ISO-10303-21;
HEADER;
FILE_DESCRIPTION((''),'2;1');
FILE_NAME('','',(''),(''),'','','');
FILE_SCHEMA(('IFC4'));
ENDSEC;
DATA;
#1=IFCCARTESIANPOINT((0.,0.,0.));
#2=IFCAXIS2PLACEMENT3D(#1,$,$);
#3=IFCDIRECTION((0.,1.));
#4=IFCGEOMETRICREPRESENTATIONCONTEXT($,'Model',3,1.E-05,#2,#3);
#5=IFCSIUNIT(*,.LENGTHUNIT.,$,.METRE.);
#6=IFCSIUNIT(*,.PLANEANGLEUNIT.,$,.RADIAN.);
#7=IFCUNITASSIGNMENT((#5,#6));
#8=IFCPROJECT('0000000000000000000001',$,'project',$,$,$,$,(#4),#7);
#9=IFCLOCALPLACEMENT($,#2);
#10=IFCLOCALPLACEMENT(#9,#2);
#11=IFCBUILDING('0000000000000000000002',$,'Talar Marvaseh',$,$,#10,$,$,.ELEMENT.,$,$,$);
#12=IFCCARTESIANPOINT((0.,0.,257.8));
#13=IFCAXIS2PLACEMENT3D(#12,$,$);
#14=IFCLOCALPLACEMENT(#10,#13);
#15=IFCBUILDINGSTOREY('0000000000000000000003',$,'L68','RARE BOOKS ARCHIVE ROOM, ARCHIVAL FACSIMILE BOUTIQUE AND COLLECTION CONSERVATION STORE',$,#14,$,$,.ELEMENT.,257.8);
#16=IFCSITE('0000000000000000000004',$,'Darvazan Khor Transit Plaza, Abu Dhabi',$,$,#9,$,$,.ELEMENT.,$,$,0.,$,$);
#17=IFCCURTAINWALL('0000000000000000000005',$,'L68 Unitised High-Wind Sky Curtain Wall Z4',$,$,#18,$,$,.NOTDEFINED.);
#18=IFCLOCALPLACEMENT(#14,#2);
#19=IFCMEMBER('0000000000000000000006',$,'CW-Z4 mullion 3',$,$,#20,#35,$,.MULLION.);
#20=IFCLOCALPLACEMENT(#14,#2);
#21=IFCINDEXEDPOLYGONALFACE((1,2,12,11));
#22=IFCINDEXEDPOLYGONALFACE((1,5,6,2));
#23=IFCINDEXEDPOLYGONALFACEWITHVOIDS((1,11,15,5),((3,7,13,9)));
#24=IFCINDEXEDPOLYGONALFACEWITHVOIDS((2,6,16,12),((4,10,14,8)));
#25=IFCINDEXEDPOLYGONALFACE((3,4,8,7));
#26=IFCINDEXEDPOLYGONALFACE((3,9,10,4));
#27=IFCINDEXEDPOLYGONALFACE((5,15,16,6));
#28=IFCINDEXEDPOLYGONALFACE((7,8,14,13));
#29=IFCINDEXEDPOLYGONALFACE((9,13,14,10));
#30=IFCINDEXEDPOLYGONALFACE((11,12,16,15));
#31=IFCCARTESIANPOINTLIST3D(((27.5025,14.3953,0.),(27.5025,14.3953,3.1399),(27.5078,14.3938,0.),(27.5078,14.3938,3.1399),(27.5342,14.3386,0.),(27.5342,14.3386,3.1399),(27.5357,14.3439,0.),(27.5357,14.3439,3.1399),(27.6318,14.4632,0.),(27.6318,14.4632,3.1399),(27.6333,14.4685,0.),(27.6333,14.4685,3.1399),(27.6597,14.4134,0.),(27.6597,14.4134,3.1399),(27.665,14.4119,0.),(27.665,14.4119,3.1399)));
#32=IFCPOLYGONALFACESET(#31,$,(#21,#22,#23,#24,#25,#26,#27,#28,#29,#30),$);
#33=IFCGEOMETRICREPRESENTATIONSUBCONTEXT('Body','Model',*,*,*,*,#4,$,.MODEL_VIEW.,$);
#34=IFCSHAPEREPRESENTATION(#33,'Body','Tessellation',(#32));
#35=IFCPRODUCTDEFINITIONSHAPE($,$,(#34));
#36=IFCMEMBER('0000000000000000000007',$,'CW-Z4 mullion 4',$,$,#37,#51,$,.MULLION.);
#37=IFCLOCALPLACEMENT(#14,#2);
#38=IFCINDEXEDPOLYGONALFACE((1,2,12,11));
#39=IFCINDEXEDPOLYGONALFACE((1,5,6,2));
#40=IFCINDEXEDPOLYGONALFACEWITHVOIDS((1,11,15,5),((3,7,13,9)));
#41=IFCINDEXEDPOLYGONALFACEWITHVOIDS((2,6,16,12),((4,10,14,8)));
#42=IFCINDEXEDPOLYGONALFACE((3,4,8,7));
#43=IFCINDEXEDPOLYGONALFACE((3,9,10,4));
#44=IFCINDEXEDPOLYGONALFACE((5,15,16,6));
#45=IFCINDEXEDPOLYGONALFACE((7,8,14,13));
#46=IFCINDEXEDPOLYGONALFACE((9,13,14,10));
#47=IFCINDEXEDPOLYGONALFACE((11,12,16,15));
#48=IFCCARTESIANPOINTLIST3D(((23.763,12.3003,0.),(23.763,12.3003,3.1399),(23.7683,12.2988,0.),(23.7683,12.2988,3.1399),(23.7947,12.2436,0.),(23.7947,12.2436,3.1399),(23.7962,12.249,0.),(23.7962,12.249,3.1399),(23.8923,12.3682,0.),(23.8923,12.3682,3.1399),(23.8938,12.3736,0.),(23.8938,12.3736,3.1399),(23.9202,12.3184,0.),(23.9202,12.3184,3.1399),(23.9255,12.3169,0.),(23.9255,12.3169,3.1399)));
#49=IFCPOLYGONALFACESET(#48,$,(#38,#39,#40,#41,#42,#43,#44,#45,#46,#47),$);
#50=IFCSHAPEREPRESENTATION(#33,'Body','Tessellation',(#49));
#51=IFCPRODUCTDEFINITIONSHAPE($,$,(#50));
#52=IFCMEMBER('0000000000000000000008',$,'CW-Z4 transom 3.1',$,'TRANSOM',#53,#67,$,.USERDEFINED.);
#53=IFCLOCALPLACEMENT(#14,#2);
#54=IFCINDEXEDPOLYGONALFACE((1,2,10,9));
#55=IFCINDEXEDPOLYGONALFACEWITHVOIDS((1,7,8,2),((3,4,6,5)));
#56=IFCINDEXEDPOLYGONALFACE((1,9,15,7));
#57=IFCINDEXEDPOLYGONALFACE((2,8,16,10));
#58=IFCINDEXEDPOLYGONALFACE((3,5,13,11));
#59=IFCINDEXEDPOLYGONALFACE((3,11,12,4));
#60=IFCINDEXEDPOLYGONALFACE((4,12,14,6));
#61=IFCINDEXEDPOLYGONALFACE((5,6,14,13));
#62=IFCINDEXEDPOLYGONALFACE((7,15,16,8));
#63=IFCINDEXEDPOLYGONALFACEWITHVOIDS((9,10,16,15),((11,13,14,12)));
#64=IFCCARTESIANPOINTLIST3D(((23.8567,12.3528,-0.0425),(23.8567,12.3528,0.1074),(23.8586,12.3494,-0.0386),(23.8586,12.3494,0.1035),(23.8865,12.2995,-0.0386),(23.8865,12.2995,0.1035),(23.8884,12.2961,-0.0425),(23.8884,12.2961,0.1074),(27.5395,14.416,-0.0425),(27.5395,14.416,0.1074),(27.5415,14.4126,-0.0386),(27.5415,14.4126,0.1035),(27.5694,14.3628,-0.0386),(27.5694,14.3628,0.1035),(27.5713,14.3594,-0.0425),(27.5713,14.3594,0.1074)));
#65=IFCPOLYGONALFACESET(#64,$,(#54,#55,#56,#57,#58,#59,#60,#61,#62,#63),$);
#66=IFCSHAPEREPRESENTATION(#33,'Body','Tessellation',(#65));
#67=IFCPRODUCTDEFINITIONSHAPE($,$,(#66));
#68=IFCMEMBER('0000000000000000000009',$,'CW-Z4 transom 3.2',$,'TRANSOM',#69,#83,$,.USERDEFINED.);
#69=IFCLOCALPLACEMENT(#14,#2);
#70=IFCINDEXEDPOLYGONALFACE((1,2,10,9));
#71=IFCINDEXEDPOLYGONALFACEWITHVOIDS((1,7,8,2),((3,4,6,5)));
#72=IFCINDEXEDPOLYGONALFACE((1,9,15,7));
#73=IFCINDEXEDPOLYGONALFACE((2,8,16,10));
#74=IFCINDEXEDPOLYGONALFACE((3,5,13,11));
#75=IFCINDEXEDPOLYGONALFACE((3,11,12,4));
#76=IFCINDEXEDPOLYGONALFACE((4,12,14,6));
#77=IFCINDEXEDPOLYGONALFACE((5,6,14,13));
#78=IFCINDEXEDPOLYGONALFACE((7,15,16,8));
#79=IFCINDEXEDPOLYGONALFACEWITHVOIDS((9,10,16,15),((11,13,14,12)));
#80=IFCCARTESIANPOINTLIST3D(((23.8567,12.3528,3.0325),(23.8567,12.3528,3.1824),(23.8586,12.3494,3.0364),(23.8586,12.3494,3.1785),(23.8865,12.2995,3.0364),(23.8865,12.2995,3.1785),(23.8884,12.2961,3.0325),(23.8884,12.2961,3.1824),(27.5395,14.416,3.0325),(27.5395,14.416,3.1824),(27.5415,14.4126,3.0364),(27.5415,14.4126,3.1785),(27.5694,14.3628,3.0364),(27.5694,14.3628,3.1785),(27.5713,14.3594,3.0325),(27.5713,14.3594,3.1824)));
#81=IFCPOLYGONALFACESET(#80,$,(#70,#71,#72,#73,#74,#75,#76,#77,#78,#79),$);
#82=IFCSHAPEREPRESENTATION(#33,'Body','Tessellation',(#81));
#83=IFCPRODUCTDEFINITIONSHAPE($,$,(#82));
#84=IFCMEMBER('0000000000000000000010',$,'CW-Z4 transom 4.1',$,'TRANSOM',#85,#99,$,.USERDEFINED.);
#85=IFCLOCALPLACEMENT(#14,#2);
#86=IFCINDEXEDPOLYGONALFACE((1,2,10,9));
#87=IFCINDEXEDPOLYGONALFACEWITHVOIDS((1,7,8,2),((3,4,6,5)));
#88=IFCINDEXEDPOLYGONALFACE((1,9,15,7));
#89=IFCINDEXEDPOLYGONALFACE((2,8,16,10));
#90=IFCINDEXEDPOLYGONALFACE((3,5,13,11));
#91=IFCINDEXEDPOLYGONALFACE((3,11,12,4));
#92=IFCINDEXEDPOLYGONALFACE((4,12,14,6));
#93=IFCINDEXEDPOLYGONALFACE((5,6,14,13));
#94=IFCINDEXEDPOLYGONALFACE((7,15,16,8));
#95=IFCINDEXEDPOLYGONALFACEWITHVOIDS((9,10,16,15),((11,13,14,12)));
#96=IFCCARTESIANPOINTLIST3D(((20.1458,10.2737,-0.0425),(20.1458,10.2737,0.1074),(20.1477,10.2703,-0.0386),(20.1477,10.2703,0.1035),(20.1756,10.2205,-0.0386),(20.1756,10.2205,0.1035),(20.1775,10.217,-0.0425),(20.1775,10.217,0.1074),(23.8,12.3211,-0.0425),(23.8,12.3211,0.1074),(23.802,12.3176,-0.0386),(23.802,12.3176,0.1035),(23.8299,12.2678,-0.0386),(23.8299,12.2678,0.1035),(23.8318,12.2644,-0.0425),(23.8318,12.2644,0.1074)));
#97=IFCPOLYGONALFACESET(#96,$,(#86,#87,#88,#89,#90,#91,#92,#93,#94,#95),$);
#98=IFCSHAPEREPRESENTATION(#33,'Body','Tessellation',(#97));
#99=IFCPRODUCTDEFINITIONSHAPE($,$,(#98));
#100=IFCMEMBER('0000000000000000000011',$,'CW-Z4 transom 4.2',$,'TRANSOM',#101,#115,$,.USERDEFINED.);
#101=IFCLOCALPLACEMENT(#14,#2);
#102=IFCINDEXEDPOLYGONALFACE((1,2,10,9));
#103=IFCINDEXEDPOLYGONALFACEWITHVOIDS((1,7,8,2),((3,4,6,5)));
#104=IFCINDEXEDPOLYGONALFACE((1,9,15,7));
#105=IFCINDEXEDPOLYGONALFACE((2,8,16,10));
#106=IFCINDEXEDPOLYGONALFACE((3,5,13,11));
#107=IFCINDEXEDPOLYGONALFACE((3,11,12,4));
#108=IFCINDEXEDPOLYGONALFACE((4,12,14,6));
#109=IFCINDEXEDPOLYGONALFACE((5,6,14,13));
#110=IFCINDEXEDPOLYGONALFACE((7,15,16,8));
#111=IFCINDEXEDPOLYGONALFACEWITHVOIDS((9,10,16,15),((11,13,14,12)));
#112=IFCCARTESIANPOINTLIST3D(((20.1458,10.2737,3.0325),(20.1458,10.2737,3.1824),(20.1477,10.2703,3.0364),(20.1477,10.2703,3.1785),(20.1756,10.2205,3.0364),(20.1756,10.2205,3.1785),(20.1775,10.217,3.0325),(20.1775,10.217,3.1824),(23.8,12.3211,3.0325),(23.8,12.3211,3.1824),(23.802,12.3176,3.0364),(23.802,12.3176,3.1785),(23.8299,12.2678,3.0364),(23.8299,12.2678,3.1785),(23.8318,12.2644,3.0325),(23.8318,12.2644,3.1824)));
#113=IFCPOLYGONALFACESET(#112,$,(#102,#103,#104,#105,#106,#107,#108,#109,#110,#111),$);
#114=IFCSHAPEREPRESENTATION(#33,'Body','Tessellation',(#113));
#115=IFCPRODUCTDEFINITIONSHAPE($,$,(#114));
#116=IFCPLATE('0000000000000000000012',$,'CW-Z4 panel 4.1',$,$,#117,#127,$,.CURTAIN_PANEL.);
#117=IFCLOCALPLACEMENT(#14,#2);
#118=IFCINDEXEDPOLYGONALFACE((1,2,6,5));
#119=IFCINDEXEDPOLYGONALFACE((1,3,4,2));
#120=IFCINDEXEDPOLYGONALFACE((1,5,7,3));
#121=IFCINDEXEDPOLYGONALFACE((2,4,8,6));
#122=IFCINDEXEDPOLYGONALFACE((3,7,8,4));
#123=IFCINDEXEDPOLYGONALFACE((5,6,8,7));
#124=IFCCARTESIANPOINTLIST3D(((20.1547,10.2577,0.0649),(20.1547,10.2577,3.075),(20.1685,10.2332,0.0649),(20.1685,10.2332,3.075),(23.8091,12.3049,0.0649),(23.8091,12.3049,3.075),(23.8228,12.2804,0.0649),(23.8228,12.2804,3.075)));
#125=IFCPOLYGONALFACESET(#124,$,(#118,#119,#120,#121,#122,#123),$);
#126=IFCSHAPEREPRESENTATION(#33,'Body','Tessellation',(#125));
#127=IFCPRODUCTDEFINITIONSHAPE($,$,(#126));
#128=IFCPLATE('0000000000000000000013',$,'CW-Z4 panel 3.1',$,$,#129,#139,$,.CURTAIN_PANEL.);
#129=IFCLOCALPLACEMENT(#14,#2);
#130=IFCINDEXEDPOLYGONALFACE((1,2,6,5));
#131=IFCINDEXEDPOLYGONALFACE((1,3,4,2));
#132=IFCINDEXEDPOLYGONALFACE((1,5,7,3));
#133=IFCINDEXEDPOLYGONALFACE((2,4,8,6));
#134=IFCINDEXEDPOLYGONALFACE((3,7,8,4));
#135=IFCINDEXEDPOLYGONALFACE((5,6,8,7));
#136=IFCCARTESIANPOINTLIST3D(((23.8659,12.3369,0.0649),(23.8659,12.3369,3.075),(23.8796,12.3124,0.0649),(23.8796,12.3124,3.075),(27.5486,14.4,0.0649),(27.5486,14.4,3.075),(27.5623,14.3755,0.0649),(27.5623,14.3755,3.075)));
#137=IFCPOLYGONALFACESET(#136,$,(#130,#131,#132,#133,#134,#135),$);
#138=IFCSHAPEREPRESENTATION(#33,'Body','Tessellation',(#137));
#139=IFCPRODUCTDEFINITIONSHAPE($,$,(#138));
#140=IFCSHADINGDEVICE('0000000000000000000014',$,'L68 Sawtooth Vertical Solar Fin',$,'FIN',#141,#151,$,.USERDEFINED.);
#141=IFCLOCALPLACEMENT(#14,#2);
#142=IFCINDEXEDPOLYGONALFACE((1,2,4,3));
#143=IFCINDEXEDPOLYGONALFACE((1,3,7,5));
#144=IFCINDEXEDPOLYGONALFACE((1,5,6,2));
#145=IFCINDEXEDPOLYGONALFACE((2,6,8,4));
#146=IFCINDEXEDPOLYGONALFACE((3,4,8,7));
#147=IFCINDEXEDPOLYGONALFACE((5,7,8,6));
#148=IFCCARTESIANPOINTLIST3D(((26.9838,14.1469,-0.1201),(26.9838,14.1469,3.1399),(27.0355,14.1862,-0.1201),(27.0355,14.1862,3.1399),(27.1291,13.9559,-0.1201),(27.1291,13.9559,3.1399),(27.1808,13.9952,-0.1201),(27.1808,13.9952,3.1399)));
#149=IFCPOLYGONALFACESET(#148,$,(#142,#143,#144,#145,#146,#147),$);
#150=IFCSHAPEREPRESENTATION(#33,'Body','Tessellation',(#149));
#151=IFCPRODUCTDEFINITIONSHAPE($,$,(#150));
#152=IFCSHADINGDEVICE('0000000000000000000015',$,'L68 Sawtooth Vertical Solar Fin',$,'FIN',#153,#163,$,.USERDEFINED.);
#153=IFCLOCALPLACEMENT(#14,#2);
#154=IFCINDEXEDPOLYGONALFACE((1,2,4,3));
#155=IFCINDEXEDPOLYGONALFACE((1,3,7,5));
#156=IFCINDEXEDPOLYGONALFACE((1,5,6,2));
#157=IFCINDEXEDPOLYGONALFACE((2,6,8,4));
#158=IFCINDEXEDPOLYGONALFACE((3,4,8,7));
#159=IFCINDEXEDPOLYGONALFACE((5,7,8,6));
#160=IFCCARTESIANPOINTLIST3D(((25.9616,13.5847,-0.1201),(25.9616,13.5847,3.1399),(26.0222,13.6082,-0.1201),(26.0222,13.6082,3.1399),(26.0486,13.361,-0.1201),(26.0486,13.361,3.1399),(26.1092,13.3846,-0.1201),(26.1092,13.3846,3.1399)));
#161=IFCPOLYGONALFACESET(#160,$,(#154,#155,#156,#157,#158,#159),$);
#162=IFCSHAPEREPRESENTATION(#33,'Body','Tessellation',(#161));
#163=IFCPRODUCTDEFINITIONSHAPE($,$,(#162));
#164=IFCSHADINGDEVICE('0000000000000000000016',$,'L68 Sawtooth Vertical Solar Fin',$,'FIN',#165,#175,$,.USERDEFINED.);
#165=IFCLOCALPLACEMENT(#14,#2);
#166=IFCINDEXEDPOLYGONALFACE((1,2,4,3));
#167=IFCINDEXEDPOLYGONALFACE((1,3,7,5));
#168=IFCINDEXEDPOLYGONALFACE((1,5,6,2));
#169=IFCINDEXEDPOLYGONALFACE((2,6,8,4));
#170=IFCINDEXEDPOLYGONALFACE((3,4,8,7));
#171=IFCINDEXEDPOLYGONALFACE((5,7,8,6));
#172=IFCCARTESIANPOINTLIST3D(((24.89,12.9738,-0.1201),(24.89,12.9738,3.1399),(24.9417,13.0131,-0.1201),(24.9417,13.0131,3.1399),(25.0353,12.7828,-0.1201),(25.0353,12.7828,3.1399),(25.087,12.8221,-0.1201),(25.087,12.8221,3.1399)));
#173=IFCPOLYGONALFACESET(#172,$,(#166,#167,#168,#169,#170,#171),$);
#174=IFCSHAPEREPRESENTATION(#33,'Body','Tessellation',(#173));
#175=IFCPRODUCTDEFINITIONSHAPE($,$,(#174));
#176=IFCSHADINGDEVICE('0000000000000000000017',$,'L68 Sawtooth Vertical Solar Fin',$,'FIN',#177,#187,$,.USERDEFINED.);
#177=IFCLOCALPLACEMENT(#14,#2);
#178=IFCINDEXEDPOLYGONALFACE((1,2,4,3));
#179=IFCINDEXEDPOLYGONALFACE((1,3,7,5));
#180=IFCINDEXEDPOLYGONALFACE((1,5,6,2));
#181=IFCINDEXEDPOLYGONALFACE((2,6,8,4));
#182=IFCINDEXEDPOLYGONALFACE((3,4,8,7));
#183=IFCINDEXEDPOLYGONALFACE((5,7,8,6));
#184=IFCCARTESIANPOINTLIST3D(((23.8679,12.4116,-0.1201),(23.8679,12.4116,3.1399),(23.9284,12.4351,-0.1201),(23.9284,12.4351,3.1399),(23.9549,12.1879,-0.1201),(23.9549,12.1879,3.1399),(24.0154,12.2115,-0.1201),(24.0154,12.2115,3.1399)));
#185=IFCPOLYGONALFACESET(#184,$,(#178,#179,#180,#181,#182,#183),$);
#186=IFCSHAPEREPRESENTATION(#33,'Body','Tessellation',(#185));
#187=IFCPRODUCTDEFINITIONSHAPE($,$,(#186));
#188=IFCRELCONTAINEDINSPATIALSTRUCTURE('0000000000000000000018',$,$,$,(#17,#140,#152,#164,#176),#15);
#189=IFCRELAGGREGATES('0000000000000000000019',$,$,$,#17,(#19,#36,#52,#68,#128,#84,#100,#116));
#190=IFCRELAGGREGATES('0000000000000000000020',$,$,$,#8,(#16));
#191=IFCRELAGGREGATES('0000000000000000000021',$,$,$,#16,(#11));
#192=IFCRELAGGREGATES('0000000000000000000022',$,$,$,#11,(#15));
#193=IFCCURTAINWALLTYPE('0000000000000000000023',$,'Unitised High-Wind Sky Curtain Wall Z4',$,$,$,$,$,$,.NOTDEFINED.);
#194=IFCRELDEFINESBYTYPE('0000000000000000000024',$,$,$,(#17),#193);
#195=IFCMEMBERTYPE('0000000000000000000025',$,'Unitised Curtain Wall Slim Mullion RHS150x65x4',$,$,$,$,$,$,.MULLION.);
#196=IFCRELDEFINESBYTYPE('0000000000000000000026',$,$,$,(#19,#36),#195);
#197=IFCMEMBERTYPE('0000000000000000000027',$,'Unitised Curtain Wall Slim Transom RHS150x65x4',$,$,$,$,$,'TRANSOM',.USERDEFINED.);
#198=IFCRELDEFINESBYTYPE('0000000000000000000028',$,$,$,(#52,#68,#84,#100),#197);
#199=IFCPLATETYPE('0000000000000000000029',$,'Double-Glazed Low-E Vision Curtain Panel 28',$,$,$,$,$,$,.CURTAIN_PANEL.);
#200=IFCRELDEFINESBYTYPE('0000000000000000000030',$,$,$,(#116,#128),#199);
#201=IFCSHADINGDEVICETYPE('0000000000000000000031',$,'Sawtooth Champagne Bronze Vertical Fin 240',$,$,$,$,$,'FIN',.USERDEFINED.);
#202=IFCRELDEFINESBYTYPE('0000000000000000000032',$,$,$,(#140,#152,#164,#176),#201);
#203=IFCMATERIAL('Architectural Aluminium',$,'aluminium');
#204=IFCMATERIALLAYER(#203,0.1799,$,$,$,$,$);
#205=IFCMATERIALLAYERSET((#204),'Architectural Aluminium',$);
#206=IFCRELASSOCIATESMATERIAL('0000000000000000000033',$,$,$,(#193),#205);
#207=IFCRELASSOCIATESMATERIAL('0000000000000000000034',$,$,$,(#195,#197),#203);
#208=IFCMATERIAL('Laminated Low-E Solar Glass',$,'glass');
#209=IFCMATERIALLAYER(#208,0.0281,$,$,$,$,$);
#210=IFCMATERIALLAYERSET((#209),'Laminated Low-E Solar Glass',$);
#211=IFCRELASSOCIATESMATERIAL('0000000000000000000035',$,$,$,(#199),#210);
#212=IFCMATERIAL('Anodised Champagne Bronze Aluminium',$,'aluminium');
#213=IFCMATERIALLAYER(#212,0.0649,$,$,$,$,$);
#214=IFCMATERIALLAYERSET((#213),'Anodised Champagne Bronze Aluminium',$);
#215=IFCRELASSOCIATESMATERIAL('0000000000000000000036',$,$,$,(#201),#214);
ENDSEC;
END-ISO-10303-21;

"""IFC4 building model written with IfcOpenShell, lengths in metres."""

from ifc_helpers import new_model, si_unit, direction, frame, origin, origin_2d, place, context, subcontext, project, spatial, rectangle, hollow_rectangle, extrude, source, transform, mapped, material, layer, layer_set, material_profile, profile_set, type_object, type_shapes, element, aggregate, save


model = new_model("IFC4")

# Units and contexts
model_context = context("Model", 3, precision=1e-05, world=origin(), true_north=direction((0.0, 1.0)))
body_context = subcontext(model_context, "Body", "Model", "MODEL_VIEW")
ifc_project = project(units=[si_unit("LENGTHUNIT", "METRE"), si_unit("PLANEANGLEUNIT", "RADIAN")], contexts=[model_context])

# Site, building, storey
site_placement = place(None, origin())
site = spatial("IfcSite", under=ifc_project, at=site_placement, Name="Darvazan Khor Transit Plaza, Abu Dhabi", CompositionType="ELEMENT", RefElevation=0.0)
building_placement = place(site_placement, origin())
building = spatial("IfcBuilding", under=site, at=building_placement, Name="Talar Marvaseh", CompositionType="ELEMENT")
storey_placement = place(building_placement, frame((0.0, 0.0, 257.8)))
storey = spatial("IfcBuildingStorey", under=building, at=storey_placement, Name="L68", Description="RARE BOOKS ARCHIVE ROOM, ARCHIVAL FACSIMILE BOUTIQUE AND COLLECTION CONSERVATION STORE", CompositionType="ELEMENT", Elevation=257.8)

# Curtain wall, members, plates
ifc_material_1 = material(Name="Architectural Aluminium", Category="aluminium")
ifc_layer_1 = layer(ifc_material_1, 0.1799)
ifc_layer_set_1 = layer_set([ifc_layer_1], Name="Architectural Aluminium")
curtain_wall_type = type_object("IfcCurtainWallType", Name="Unitised High-Wind Sky Curtain Wall Z4", PredefinedType="NOTDEFINED", material=ifc_layer_set_1)
curtain_wall_placement = place(storey_placement, origin())
curtain_wall = element("IfcCurtainWall", 1, at=curtain_wall_placement, inside=storey, type_object=curtain_wall_type, Name="L68 Unitised High-Wind Sky Curtain Wall Z4", PredefinedType="NOTDEFINED")
ifc_material_profile_1 = material_profile(ifc_material_1, hollow_rectangle(XDim=0.0649, YDim=0.1499, WallThickness=0.0039, at=origin_2d()), Name="RHS150x65x4")
ifc_profile_set_1 = profile_set([ifc_material_profile_1], Name="Architectural Aluminium")
member_type_1 = type_object("IfcMemberType", Name="Unitised Curtain Wall Slim Mullion RHS150x65x4", PredefinedType="MULLION", material=ifc_profile_set_1)
shared_shape_1 = source(origin(), body_context, "Body", "SweptSolid", [
    extrude(hollow_rectangle(XDim=0.0649, YDim=0.1499, WallThickness=0.0039, at=origin_2d()), origin(), (0.0, 0.0, 1.0), 3.1399),
])
type_shapes(member_type_1, [shared_shape_1])
member_1_placement = place(storey_placement, frame((27.5837, 14.4036, 0.0), z_axis=(0.0, 0.0, 1.0), x_axis=(0.488754, -0.872422, 0.0)))
member_1 = element("IfcMember", 2, at=member_1_placement, type_object=member_type_1, Name="CW-Z4 mullion 3", PredefinedType="MULLION", context=body_context, shape_type="MappedRepresentation", body=[
    mapped(shared_shape_1, transform((0.0, 0.0, 0.0), x_axis=(1.0, 0.0, 0.0), y_axis=(0.0, 1.0, 0.0), z_axis=(0.0, 0.0, 1.0), scale=1.0)),
])
member_2_placement = place(storey_placement, frame((23.8442, 12.3086, 0.0), z_axis=(0.0, 0.0, 1.0), x_axis=(0.488754, -0.872422, 0.0)))
member_2 = element("IfcMember", 3, at=member_2_placement, type_object=member_type_1, Name="CW-Z4 mullion 4", PredefinedType="MULLION", context=body_context, shape_type="MappedRepresentation", body=[
    mapped(shared_shape_1, transform((0.0, 0.0, 0.0), x_axis=(1.0, 0.0, 0.0), y_axis=(0.0, 1.0, 0.0), z_axis=(0.0, 0.0, 1.0), scale=1.0)),
])
ifc_material_profile_2 = material_profile(ifc_material_1, hollow_rectangle(XDim=0.0649, YDim=0.1499, WallThickness=0.0039, at=origin_2d()), Name="RHS150x65x4")
ifc_profile_set_2 = profile_set([ifc_material_profile_2], Name="Architectural Aluminium")
member_type_2 = type_object("IfcMemberType", Name="Unitised Curtain Wall Slim Transom RHS150x65x4", ElementType="TRANSOM", PredefinedType="USERDEFINED", material=ifc_profile_set_2)
shared_shape_2 = source(origin(), body_context, "Body", "SweptSolid", [
    extrude(hollow_rectangle(XDim=0.0649, YDim=0.1499, WallThickness=0.0039, at=origin_2d()), origin(), (0.0, 0.0, 1.0), 4.2214),
])
member_3_placement = place(storey_placement, frame((27.5554, 14.3877, 0.0325), z_axis=(-0.872422, -0.488753, 0.0), x_axis=(0.488753, -0.872422, 0.0)))
member_3 = element("IfcMember", 4, at=member_3_placement, type_object=member_type_2, Name="CW-Z4 transom 3.1", ObjectType="TRANSOM", PredefinedType="USERDEFINED", context=body_context, shape_type="MappedRepresentation", body=[
    mapped(shared_shape_2, transform((0.0, 0.0, 0.0), x_axis=(1.0, 0.0, 0.0), y_axis=(0.0, 1.0, 0.0), z_axis=(0.0, 0.0, 1.0), scale=1.0)),
])
member_4_placement = place(storey_placement, frame((27.5554, 14.3877, 3.1074), z_axis=(-0.872422, -0.488753, 0.0), x_axis=(0.488753, -0.872422, 0.0)))
member_4 = element("IfcMember", 5, at=member_4_placement, type_object=member_type_2, Name="CW-Z4 transom 3.2", ObjectType="TRANSOM", PredefinedType="USERDEFINED", context=body_context, shape_type="MappedRepresentation", body=[
    mapped(shared_shape_2, transform((0.0, 0.0, 0.0), x_axis=(1.0, 0.0, 0.0), y_axis=(0.0, 1.0, 0.0), z_axis=(0.0, 0.0, 1.0), scale=1.0)),
])
shared_shape_3 = source(origin(), body_context, "Body", "SweptSolid", [
    extrude(hollow_rectangle(XDim=0.0649, YDim=0.1499, WallThickness=0.0039, at=origin_2d()), origin(), (0.0, 0.0, 1.0), 4.1887),
])
type_shapes(member_type_2, [shared_shape_2, shared_shape_3])
member_5_placement = place(storey_placement, frame((23.8159, 12.2927, 0.0325), z_axis=(-0.872409, -0.488777, 0.0), x_axis=(0.488777, -0.872409, 0.0)))
member_5 = element("IfcMember", 6, at=member_5_placement, type_object=member_type_2, Name="CW-Z4 transom 4.1", ObjectType="TRANSOM", PredefinedType="USERDEFINED", context=body_context, shape_type="MappedRepresentation", body=[
    mapped(shared_shape_3, transform((0.0, 0.0, 0.0), x_axis=(1.0, 0.0, 0.0), y_axis=(0.0, 1.0, 0.0), z_axis=(0.0, 0.0, 1.0), scale=1.0)),
])
member_6_placement = place(storey_placement, frame((23.8159, 12.2927, 3.1074), z_axis=(-0.872409, -0.488777, 0.0), x_axis=(0.488777, -0.872409, 0.0)))
member_6 = element("IfcMember", 7, at=member_6_placement, type_object=member_type_2, Name="CW-Z4 transom 4.2", ObjectType="TRANSOM", PredefinedType="USERDEFINED", context=body_context, shape_type="MappedRepresentation", body=[
    mapped(shared_shape_3, transform((0.0, 0.0, 0.0), x_axis=(1.0, 0.0, 0.0), y_axis=(0.0, 1.0, 0.0), z_axis=(0.0, 0.0, 1.0), scale=1.0)),
])
ifc_material_2 = material(Name="Laminated Low-E Solar Glass", Category="glass")
ifc_layer_2 = layer(ifc_material_2, 0.0281)
ifc_layer_set_2 = layer_set([ifc_layer_2], Name="Laminated Low-E Solar Glass")
plate_type = type_object("IfcPlateType", Name="Double-Glazed Low-E Vision Curtain Panel 28", PredefinedType="CURTAIN_PANEL", material=ifc_layer_set_2)
shared_shape_4 = source(origin(), body_context, "Body", "SweptSolid", [
    extrude(rectangle(XDim=4.1887, YDim=0.0281, at=origin_2d()), origin(), (0.0, 0.0, 1.0), 3.01),
])
plate_1_placement = place(storey_placement, frame((21.9888, 11.269, 0.0649), z_axis=(0.0, 0.0, 1.0), x_axis=(-0.872422, -0.488754, 0.0)))
plate_1 = element("IfcPlate", 8, at=plate_1_placement, type_object=plate_type, Name="CW-Z4 panel 4.1", PredefinedType="CURTAIN_PANEL", context=body_context, shape_type="MappedRepresentation", body=[
    mapped(shared_shape_4, transform((0.0, 0.0, 0.0), x_axis=(1.0, 0.0, 0.0), y_axis=(0.0, 1.0, 0.0), z_axis=(0.0, 0.0, 1.0), scale=1.0)),
])
shared_shape_5 = source(origin(), body_context, "Body", "SweptSolid", [
    extrude(rectangle(XDim=4.2212, YDim=0.0281, at=origin_2d()), origin(), (0.0, 0.0, 1.0), 3.01),
])
type_shapes(plate_type, [shared_shape_4, shared_shape_5])
plate_2_placement = place(storey_placement, frame((25.7141, 13.3562, 0.0649), z_axis=(0.0, 0.0, 1.0), x_axis=(-0.872422, -0.488754, 0.0)))
plate_2 = element("IfcPlate", 9, at=plate_2_placement, type_object=plate_type, Name="CW-Z4 panel 3.1", PredefinedType="CURTAIN_PANEL", context=body_context, shape_type="MappedRepresentation", body=[
    mapped(shared_shape_5, transform((0.0, 0.0, 0.0), x_axis=(1.0, 0.0, 0.0), y_axis=(0.0, 1.0, 0.0), z_axis=(0.0, 0.0, 1.0), scale=1.0)),
])
aggregate(curtain_wall, [member_1, member_2, member_3, member_4, plate_2, member_5, member_6, plate_1])

# Shading devices
ifc_material_3 = material(Name="Anodised Champagne Bronze Aluminium", Category="aluminium")
ifc_layer_3 = layer(ifc_material_3, 0.0649)
ifc_layer_set_3 = layer_set([ifc_layer_3], Name="Anodised Champagne Bronze Aluminium")
shading_device_type = type_object("IfcShadingDeviceType", Name="Sawtooth Champagne Bronze Vertical Fin 240", ElementType="FIN", PredefinedType="USERDEFINED", material=ifc_layer_set_3)
shared_shape_6 = source(origin(), body_context, "Body", "SweptSolid", [
    extrude(rectangle(XDim=0.24, YDim=0.0649, at=origin_2d()), origin(), (0.0, 0.0, 1.0), 3.26),
])
type_shapes(shading_device_type, [shared_shape_6])
for number, where, z_axis, x_axis, name in (
    (10, (27.0823, 14.071, -0.1201), (0.0, 0.0, 1.0), (0.605433, -0.795896, 0.0), "L68 Sawtooth Vertical Solar Fin"),
    (11, (26.0354, 13.4846, -0.1201), (0.0, 0.0, 1.0), (0.362601, -0.931945, 0.0), "L68 Sawtooth Vertical Solar Fin"),
    (12, (24.9885, 12.8979, -0.1201), (0.0, 0.0, 1.0), (0.605433, -0.795896, 0.0), "L68 Sawtooth Vertical Solar Fin"),
    (13, (23.9417, 12.3115, -0.1201), (0.0, 0.0, 1.0), (0.362601, -0.931945, 0.0), "L68 Sawtooth Vertical Solar Fin"),
):
    element("IfcShadingDevice", number, at=place(storey_placement, frame(where, z_axis=z_axis, x_axis=x_axis)), inside=storey, type_object=shading_device_type, Name=name, ObjectType="FIN", PredefinedType="USERDEFINED", context=body_context, shape_type="MappedRepresentation", body=[
        mapped(shared_shape_6, transform((0.0, 0.0, 0.0), x_axis=(1.0, 0.0, 0.0), y_axis=(0.0, 1.0, 0.0), z_axis=(0.0, 0.0, 1.0), scale=1.0)),
    ])

save(model, "model.ifc")
